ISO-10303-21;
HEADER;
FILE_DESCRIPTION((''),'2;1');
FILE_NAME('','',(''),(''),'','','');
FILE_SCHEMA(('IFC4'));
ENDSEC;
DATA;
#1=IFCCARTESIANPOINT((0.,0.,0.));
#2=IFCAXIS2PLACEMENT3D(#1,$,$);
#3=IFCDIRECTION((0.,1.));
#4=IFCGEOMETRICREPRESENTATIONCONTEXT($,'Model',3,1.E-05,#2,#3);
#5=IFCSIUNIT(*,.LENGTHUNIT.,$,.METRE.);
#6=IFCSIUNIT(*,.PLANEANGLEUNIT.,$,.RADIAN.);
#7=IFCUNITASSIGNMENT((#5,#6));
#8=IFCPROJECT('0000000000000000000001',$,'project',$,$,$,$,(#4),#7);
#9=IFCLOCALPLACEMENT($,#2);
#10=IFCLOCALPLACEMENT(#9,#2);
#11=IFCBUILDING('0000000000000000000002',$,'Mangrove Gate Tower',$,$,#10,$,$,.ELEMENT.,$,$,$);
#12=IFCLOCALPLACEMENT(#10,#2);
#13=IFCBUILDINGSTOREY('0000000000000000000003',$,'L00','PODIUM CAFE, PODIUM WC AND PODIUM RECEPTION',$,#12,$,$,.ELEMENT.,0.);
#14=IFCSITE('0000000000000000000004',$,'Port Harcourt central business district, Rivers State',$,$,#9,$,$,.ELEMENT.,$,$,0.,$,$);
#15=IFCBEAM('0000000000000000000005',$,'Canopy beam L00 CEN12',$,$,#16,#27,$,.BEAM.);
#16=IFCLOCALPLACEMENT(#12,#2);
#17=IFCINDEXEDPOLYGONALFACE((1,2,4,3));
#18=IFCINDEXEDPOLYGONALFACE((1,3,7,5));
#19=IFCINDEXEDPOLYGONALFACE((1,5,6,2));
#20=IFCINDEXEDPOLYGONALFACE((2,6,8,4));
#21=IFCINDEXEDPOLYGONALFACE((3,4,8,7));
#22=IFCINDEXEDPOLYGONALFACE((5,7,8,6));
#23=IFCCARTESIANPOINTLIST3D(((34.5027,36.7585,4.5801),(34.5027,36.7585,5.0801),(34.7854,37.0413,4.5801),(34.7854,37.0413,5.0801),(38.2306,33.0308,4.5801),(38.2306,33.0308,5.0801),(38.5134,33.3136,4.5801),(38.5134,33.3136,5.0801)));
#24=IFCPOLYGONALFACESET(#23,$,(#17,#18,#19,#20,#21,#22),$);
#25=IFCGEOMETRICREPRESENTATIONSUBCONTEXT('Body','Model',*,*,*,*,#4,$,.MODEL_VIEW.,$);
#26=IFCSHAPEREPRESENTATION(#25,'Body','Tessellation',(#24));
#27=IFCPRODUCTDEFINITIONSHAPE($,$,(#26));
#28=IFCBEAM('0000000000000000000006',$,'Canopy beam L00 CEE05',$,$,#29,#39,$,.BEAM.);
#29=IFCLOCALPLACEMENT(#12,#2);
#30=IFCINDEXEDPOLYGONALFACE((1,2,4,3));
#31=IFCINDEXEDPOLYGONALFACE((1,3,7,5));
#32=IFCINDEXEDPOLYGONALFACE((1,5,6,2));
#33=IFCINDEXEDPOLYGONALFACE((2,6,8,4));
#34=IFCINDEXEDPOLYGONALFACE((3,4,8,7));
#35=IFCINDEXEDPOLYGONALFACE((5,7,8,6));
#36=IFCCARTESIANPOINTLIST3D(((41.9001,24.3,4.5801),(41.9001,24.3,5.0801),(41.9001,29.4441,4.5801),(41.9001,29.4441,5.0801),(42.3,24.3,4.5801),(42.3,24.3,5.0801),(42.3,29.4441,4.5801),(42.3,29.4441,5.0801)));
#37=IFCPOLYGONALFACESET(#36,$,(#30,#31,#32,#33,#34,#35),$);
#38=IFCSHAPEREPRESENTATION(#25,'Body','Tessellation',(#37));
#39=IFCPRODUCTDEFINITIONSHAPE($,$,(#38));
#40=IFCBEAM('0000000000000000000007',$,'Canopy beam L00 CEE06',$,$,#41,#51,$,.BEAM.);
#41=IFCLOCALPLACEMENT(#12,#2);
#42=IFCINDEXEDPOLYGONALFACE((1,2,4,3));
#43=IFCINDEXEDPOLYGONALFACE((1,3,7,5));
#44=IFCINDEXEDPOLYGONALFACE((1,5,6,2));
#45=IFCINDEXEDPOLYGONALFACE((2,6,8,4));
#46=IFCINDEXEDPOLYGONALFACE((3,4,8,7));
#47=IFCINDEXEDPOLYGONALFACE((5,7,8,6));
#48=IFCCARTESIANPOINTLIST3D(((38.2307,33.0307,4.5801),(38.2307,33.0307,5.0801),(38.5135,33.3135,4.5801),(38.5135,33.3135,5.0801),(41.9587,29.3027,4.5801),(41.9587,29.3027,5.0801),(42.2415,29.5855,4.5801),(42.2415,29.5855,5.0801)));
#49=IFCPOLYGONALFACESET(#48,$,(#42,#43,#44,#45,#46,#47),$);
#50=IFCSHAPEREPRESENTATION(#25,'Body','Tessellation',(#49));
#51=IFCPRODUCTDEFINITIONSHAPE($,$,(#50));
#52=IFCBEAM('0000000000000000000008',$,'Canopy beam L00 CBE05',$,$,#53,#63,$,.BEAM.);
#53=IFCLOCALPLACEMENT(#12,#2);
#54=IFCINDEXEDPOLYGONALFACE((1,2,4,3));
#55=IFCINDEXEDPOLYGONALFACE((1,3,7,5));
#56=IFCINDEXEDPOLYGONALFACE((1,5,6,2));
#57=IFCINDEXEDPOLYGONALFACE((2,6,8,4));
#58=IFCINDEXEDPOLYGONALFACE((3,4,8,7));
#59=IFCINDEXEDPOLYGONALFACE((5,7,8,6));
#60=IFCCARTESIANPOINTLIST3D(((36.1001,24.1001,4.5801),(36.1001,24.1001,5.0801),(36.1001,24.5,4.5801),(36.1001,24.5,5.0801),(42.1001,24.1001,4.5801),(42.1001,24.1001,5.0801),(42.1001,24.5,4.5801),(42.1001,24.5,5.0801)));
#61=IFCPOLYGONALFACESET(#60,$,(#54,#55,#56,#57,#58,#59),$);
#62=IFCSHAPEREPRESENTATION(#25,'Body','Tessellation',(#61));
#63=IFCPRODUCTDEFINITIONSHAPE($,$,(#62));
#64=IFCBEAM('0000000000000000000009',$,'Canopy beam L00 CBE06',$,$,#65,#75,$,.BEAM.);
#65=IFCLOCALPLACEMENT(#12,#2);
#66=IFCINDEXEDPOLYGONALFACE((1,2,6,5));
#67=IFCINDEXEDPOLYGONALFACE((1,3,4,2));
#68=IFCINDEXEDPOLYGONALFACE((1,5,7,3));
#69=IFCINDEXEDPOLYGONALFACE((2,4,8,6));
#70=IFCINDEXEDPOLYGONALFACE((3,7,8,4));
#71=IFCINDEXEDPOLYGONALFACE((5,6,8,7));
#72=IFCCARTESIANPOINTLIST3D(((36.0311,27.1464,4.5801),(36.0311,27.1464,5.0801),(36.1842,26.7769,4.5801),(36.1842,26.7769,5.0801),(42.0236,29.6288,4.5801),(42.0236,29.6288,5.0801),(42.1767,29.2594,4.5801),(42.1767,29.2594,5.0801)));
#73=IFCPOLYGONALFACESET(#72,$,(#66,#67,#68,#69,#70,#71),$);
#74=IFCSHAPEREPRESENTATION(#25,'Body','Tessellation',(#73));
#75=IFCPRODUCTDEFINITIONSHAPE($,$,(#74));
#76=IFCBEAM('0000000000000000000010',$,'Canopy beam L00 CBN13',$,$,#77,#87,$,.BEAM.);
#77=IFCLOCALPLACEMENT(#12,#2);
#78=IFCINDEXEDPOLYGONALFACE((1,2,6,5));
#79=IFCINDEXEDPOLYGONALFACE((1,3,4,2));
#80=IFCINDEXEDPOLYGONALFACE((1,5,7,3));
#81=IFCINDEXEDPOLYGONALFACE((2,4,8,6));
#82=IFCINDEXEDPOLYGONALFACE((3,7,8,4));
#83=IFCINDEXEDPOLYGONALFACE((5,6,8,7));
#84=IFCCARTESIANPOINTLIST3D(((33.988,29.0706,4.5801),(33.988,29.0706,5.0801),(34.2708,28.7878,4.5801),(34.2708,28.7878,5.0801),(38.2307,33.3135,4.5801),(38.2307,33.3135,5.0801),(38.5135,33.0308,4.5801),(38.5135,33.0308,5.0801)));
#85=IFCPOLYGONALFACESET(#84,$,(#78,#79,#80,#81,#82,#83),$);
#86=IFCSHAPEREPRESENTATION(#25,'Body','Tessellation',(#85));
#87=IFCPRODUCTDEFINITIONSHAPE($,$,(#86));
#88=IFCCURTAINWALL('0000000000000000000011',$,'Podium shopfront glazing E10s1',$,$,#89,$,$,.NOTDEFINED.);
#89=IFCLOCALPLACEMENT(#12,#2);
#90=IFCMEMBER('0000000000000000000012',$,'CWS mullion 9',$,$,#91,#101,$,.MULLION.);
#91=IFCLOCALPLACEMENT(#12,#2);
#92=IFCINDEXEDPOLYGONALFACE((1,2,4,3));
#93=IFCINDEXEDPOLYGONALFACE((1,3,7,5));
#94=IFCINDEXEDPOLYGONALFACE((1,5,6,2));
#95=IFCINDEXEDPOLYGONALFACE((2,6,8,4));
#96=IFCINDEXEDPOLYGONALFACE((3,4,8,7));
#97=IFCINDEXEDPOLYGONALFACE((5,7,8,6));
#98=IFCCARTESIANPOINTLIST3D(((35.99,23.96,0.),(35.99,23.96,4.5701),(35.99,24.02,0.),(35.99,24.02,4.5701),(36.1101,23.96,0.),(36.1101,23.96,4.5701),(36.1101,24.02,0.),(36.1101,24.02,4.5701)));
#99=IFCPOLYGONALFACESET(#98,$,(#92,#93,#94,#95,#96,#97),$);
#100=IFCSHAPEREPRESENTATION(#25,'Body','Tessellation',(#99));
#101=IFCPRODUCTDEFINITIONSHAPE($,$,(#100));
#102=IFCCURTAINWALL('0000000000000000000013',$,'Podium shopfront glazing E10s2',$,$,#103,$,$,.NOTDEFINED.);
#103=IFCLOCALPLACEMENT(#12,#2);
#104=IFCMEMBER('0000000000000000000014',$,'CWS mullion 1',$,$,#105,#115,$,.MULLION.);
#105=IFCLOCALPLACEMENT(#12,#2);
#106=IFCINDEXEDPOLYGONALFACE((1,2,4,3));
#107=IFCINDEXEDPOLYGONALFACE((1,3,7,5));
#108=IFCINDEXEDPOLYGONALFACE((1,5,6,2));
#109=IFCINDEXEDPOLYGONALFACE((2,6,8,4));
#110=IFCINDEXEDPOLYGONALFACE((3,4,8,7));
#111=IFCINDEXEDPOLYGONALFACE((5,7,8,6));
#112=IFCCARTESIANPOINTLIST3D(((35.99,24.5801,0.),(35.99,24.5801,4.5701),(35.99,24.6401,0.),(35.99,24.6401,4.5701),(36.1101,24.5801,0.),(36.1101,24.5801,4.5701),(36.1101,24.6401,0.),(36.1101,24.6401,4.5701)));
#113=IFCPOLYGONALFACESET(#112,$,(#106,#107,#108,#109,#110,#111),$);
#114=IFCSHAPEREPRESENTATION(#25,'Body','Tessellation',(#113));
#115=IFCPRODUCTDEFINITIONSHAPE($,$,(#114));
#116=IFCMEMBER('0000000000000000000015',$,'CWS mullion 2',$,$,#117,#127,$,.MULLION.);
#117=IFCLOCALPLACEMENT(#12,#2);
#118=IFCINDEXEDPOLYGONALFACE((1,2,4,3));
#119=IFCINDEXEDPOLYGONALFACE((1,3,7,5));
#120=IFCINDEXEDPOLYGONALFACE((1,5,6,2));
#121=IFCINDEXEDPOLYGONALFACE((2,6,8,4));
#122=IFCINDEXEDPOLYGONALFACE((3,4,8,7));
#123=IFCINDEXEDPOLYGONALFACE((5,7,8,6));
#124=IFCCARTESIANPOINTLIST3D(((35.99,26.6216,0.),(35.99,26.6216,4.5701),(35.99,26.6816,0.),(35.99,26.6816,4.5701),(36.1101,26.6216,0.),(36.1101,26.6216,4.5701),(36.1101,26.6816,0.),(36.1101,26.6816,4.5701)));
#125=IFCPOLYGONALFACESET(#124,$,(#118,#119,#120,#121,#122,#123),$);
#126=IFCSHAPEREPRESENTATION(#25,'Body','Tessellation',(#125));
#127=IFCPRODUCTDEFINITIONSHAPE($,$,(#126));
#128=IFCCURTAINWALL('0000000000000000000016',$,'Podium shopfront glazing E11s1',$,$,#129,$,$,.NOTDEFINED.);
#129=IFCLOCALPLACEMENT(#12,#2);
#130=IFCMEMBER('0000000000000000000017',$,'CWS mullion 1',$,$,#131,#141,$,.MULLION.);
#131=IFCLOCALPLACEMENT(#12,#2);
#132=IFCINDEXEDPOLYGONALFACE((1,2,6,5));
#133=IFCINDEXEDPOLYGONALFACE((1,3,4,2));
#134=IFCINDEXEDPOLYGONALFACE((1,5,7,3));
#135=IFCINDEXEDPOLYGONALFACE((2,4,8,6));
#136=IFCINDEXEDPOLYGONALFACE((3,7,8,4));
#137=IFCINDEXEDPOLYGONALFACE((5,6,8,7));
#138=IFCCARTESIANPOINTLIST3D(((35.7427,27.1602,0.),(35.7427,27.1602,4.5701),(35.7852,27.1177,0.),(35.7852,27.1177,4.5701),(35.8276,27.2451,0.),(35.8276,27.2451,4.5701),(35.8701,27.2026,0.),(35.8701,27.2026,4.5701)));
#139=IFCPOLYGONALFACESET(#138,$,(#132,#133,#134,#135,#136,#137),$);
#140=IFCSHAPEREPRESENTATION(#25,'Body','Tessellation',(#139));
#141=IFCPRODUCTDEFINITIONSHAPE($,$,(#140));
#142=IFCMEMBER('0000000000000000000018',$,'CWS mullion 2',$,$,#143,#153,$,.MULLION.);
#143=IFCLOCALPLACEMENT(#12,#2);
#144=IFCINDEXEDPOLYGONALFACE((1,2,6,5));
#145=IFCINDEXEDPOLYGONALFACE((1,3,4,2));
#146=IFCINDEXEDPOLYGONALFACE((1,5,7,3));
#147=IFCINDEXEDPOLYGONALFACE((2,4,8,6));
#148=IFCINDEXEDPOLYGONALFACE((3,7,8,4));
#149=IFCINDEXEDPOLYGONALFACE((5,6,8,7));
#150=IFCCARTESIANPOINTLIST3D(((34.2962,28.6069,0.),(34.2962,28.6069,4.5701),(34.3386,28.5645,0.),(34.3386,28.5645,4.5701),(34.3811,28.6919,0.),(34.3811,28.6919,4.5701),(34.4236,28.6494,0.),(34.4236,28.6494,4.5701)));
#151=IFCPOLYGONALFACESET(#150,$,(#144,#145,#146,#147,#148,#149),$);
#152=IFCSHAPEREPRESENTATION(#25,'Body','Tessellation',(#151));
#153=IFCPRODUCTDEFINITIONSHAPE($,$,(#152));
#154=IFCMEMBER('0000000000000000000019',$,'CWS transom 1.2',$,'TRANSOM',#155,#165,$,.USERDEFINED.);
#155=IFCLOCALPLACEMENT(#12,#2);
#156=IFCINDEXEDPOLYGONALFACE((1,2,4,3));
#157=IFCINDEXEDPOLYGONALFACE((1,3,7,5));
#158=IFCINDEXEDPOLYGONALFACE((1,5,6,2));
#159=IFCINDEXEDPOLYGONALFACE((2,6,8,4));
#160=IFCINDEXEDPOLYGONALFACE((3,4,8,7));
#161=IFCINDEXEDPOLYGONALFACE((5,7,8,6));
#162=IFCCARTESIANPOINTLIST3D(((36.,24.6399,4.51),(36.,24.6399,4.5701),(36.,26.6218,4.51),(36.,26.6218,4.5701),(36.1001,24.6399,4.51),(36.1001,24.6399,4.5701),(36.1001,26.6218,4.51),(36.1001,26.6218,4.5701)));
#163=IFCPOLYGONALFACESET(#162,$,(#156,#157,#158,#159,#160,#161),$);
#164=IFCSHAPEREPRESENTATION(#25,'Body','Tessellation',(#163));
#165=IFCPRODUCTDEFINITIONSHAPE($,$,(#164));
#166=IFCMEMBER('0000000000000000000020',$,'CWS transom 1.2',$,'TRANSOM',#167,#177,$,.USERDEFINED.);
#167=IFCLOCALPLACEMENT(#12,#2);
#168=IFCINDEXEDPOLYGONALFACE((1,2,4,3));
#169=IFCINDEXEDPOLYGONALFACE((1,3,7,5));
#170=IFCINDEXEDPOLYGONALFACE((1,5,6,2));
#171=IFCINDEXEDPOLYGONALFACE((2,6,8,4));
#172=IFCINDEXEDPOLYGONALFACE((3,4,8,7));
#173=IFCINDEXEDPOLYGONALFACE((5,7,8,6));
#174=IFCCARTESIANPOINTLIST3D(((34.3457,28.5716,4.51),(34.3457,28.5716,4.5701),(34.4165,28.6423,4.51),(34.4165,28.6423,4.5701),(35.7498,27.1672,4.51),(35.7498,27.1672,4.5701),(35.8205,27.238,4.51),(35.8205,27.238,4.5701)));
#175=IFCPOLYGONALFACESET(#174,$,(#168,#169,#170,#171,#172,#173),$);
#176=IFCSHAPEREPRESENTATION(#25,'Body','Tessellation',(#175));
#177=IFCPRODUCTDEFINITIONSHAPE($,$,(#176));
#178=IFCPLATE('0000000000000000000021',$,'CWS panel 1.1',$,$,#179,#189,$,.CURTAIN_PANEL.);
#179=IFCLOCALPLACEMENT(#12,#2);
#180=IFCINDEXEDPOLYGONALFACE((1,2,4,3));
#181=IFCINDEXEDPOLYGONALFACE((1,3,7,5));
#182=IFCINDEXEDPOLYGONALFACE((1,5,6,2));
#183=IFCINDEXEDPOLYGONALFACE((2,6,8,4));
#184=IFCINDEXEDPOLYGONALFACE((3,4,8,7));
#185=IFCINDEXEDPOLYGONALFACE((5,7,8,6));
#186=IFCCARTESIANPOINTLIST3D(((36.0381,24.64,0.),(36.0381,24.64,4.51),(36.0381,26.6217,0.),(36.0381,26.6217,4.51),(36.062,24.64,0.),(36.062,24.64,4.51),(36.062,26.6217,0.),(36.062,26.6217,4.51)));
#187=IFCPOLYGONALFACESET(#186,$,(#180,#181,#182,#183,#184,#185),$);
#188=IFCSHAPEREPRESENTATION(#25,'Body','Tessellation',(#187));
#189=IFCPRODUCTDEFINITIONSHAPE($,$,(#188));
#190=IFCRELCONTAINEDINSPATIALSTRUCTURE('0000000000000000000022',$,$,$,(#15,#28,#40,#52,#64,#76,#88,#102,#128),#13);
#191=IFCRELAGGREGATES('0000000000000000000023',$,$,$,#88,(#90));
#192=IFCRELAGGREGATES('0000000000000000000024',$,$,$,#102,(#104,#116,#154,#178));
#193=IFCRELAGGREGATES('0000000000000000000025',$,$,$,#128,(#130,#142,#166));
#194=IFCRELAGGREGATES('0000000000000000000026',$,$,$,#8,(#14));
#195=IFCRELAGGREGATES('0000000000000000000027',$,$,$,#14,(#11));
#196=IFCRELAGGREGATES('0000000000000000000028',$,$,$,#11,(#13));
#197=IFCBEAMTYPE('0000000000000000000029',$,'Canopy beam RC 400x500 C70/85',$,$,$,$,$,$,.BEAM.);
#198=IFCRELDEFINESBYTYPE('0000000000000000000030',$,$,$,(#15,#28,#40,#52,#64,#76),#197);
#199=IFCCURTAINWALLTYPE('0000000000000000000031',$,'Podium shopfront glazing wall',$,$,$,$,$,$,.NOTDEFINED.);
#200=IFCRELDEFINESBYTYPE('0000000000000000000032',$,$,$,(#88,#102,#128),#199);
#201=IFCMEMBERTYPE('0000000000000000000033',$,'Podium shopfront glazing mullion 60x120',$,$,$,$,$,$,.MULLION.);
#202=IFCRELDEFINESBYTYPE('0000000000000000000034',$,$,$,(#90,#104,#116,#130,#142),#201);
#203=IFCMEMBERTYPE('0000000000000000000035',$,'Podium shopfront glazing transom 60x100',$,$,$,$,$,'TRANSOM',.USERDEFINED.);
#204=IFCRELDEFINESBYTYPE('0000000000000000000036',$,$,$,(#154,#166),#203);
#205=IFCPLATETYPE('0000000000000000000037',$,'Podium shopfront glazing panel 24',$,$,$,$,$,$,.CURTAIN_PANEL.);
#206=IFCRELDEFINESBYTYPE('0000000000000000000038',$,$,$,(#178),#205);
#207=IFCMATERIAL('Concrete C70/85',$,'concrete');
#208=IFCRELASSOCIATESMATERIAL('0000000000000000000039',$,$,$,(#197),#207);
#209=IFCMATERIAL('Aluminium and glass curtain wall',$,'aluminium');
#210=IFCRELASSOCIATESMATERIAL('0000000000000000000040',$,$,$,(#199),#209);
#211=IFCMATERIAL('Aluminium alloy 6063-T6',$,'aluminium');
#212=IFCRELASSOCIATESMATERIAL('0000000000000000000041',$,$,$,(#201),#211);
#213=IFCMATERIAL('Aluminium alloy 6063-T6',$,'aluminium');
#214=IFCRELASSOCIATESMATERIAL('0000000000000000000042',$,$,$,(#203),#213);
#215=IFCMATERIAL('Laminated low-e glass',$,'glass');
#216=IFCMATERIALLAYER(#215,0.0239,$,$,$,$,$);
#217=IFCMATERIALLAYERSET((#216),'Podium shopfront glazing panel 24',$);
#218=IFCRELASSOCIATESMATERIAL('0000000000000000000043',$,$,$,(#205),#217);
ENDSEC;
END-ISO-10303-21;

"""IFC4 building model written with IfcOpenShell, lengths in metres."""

from ifc_helpers import new_model, si_unit, direction, frame, origin, origin_2d, place, context, subcontext, project, spatial, rectangle, extrude, material, layer, layer_set, material_profile, profile_set, type_object, element, aggregate, save


model = new_model("IFC4")

# Units and contexts
model_context = context("Model", 3, precision=1e-05, world=origin(), true_north=direction((0.0, 1.0)))
body_context = subcontext(model_context, "Body", "Model", "MODEL_VIEW")
ifc_project = project(units=[si_unit("LENGTHUNIT", "METRE"), si_unit("PLANEANGLEUNIT", "RADIAN")], contexts=[model_context])

# Site, building, storey
site_placement = place(None, origin())
site = spatial("IfcSite", under=ifc_project, at=site_placement, Name="Port Harcourt central business district, Rivers State", CompositionType="ELEMENT", RefElevation=0.0)
building_placement = place(site_placement, origin())
building = spatial("IfcBuilding", under=site, at=building_placement, Name="Mangrove Gate Tower", CompositionType="ELEMENT")
storey_placement = place(building_placement, origin())
storey = spatial("IfcBuildingStorey", under=building, at=storey_placement, Name="L00", Description="PODIUM CAFE, PODIUM WC AND PODIUM RECEPTION", CompositionType="ELEMENT", Elevation=0.0)

# Beams
ifc_material_1 = material(Name="Concrete C70/85", Category="concrete")
ifc_material_profile_1 = material_profile(ifc_material_1, rectangle(XDim=0.3999, YDim=0.5, at=origin_2d()))
ifc_profile_set_1 = profile_set([ifc_material_profile_1], Name="Concrete C70/85")
beam_type = type_object("IfcBeamType", Name="Canopy beam RC 400x500 C70/85", PredefinedType="BEAM", material=ifc_profile_set_1)
beam_1_placement = place(storey_placement, frame((34.644, 36.8999, 4.8301), z_axis=(0.70713, -0.707084, 0.0), x_axis=(0.707084, 0.70713, 0.0)))
element("IfcBeam", 1, at=beam_1_placement, inside=storey, type_object=beam_type, Name="Canopy beam L00 CEN12", PredefinedType="BEAM", context=body_context, shape_type="SweptSolid", body=[
    extrude(rectangle(XDim=0.3999, YDim=0.5, at=origin_2d()), origin(), (0.0, 0.0, 1.0), 5.272),
])
beam_2_placement = place(storey_placement, frame((42.1001, 24.3, 4.8301), z_axis=(0.0, 1.0, 0.0), x_axis=(-1.0, 0.0, 0.0)))
element("IfcBeam", 2, at=beam_2_placement, inside=storey, type_object=beam_type, Name="Canopy beam L00 CEE05", PredefinedType="BEAM", context=body_context, shape_type="SweptSolid", body=[
    extrude(rectangle(XDim=0.3999, YDim=0.5, at=origin_2d()), origin(), (0.0, 0.0, 1.0), 5.144),
])
beam_3_placement = place(storey_placement, frame((42.1001, 29.4441, 4.8301), z_axis=(-0.707107, 0.707107, 0.0), x_axis=(-0.707107, -0.707107, 0.0)))
element("IfcBeam", 3, at=beam_3_placement, inside=storey, type_object=beam_type, Name="Canopy beam L00 CEE06", PredefinedType="BEAM", context=body_context, shape_type="SweptSolid", body=[
    extrude(rectangle(XDim=0.3999, YDim=0.5, at=origin_2d()), origin(), (0.0, 0.0, 1.0), 5.2722),
])
beam_4_placement = place(storey_placement, frame((36.1001, 24.3, 4.8301), z_axis=(1.0, 0.0, 0.0), x_axis=(0.0, 1.0, 0.0)))
element("IfcBeam", 4, at=beam_4_placement, inside=storey, type_object=beam_type, Name="Canopy beam L00 CBE05", PredefinedType="BEAM", context=body_context, shape_type="SweptSolid", body=[
    extrude(rectangle(XDim=0.3999, YDim=0.5, at=origin_2d()), origin(), (0.0, 0.0, 1.0), 6.0),
])
beam_5_placement = place(storey_placement, frame((36.1077, 26.9617, 4.8301), z_axis=(0.923865, 0.38272, 0.0), x_axis=(-0.38272, 0.923865, 0.0)))
element("IfcBeam", 5, at=beam_5_placement, inside=storey, type_object=beam_type, Name="Canopy beam L00 CBE06", PredefinedType="BEAM", context=body_context, shape_type="SweptSolid", body=[
    extrude(rectangle(XDim=0.3999, YDim=0.5, at=origin_2d()), origin(), (0.0, 0.0, 1.0), 6.4863),
])
beam_6_placement = place(storey_placement, frame((34.1294, 28.9292, 4.8301), z_axis=(0.707086, 0.707127, 0.0), x_axis=(-0.707127, 0.707086, 0.0)))
element("IfcBeam", 6, at=beam_6_placement, inside=storey, type_object=beam_type, Name="Canopy beam L00 CBN13", PredefinedType="BEAM", context=body_context, shape_type="SweptSolid", body=[
    extrude(rectangle(XDim=0.3999, YDim=0.5, at=origin_2d()), origin(), (0.0, 0.0, 1.0), 6.0002),
])

# Curtain wall, member
ifc_material_2 = material(Name="Aluminium and glass curtain wall", Category="aluminium")
curtain_wall_type = type_object("IfcCurtainWallType", Name="Podium shopfront glazing wall", PredefinedType="NOTDEFINED", material=ifc_material_2)
curtain_wall_1_placement = place(storey_placement, origin())
curtain_wall_1 = element("IfcCurtainWall", 7, at=curtain_wall_1_placement, inside=storey, type_object=curtain_wall_type, Name="Podium shopfront glazing E10s1", PredefinedType="NOTDEFINED")
ifc_material_3 = material(Name="Aluminium alloy 6063-T6", Category="aluminium")
ifc_material_profile_2 = material_profile(ifc_material_3, rectangle(XDim=0.0601, YDim=0.1201, at=origin_2d()))
ifc_profile_set_2 = profile_set([ifc_material_profile_2], Name="Aluminium alloy 6063-T6")
member_type_1 = type_object("IfcMemberType", Name="Podium shopfront glazing mullion 60x120", PredefinedType="MULLION", material=ifc_profile_set_2)
member_1_placement = place(storey_placement, frame((36.05, 23.99, 0.0), z_axis=(0.0, 0.0, 1.0), x_axis=(0.0, 1.0, 0.0)))
member_1 = element("IfcMember", 8, at=member_1_placement, type_object=member_type_1, Name="CWS mullion 9", PredefinedType="MULLION", context=body_context, shape_type="SweptSolid", body=[
    extrude(rectangle(XDim=0.0601, YDim=0.1201, at=origin_2d()), origin(), (0.0, 0.0, 1.0), 4.5701),
])
aggregate(curtain_wall_1, [member_1])

# Curtain walls, members
curtain_wall_2_placement = place(storey_placement, origin())
curtain_wall_2 = element("IfcCurtainWall", 9, at=curtain_wall_2_placement, inside=storey, type_object=curtain_wall_type, Name="Podium shopfront glazing E10s2", PredefinedType="NOTDEFINED")
member_2_placement = place(storey_placement, frame((36.05, 24.6101, 0.0), z_axis=(0.0, 0.0, 1.0), x_axis=(0.0, 1.0, 0.0)))
member_2 = element("IfcMember", 10, at=member_2_placement, type_object=member_type_1, Name="CWS mullion 1", PredefinedType="MULLION", context=body_context, shape_type="SweptSolid", body=[
    extrude(rectangle(XDim=0.0601, YDim=0.1201, at=origin_2d()), origin(), (0.0, 0.0, 1.0), 4.5701),
])
member_3_placement = place(storey_placement, frame((36.05, 26.6516, 0.0), z_axis=(0.0, 0.0, 1.0), x_axis=(0.0, 1.0, 0.0)))
member_3 = element("IfcMember", 11, at=member_3_placement, type_object=member_type_1, Name="CWS mullion 2", PredefinedType="MULLION", context=body_context, shape_type="SweptSolid", body=[
    extrude(rectangle(XDim=0.0601, YDim=0.1201, at=origin_2d()), origin(), (0.0, 0.0, 1.0), 4.5701),
])
curtain_wall_3_placement = place(storey_placement, origin())
curtain_wall_3 = element("IfcCurtainWall", 12, at=curtain_wall_3_placement, inside=storey, type_object=curtain_wall_type, Name="Podium shopfront glazing E11s1", PredefinedType="NOTDEFINED")
member_4_placement = place(storey_placement, frame((35.8064, 27.1814, 0.0), z_axis=(0.0, 0.0, 1.0), x_axis=(-0.707107, 0.707107, 0.0)))
member_4 = element("IfcMember", 13, at=member_4_placement, type_object=member_type_1, Name="CWS mullion 1", PredefinedType="MULLION", context=body_context, shape_type="SweptSolid", body=[
    extrude(rectangle(XDim=0.0601, YDim=0.1201, at=origin_2d()), origin(), (0.0, 0.0, 1.0), 4.5701),
])
member_5_placement = place(storey_placement, frame((34.3599, 28.6282, 0.0), z_axis=(0.0, 0.0, 1.0), x_axis=(-0.707107, 0.707107, 0.0)))
member_5 = element("IfcMember", 14, at=member_5_placement, type_object=member_type_1, Name="CWS mullion 2", PredefinedType="MULLION", context=body_context, shape_type="SweptSolid", body=[
    extrude(rectangle(XDim=0.0601, YDim=0.1201, at=origin_2d()), origin(), (0.0, 0.0, 1.0), 4.5701),
])

# Members
ifc_material_4 = material(Name="Aluminium alloy 6063-T6", Category="aluminium")
ifc_material_profile_3 = material_profile(ifc_material_4, rectangle(XDim=0.0601, YDim=0.1001, at=origin_2d()))
ifc_profile_set_3 = profile_set([ifc_material_profile_3], Name="Aluminium alloy 6063-T6")
member_type_2 = type_object("IfcMemberType", Name="Podium shopfront glazing transom 60x100", ElementType="TRANSOM", PredefinedType="USERDEFINED", material=ifc_profile_set_3)
member_6_placement = place(storey_placement, frame((36.05, 24.6399, 4.54), z_axis=(0.0, 1.0, 0.0), x_axis=(0.0, 0.0, 1.0)))
member_6 = element("IfcMember", 15, at=member_6_placement, type_object=member_type_2, Name="CWS transom 1.2", ObjectType="TRANSOM", PredefinedType="USERDEFINED", context=body_context, shape_type="SweptSolid", body=[
    extrude(rectangle(XDim=0.0601, YDim=0.1001, at=origin_2d()), origin(), (0.0, 0.0, 1.0), 1.9819),
])
member_7_placement = place(storey_placement, frame((35.7852, 27.2026, 4.54), z_axis=(-0.707045, 0.707168, 0.0), x_axis=(0.0, 0.0, 1.0)))
member_7 = element("IfcMember", 16, at=member_7_placement, type_object=member_type_2, Name="CWS transom 1.2", ObjectType="TRANSOM", PredefinedType="USERDEFINED", context=body_context, shape_type="SweptSolid", body=[
    extrude(rectangle(XDim=0.0601, YDim=0.1001, at=origin_2d()), origin(), (0.0, 0.0, 1.0), 1.9858),
])

# Plate
ifc_material_5 = material(Name="Laminated low-e glass", Category="glass")
ifc_layer_1 = layer(ifc_material_5, 0.0239)
ifc_layer_set_1 = layer_set([ifc_layer_1], Name="Podium shopfront glazing panel 24")
plate_type = type_object("IfcPlateType", Name="Podium shopfront glazing panel 24", PredefinedType="CURTAIN_PANEL", material=ifc_layer_set_1)
plate_1_placement = place(storey_placement, frame((36.05, 25.6309, 0.0), z_axis=(0.0, 0.0, 1.0), x_axis=(0.0, 1.0, 0.0)))
plate_1 = element("IfcPlate", 17, at=plate_1_placement, type_object=plate_type, Name="CWS panel 1.1", PredefinedType="CURTAIN_PANEL", context=body_context, shape_type="SweptSolid", body=[
    extrude(rectangle(XDim=1.9817, YDim=0.0239, at=origin_2d()), origin(), (0.0, 0.0, 1.0), 4.51),
])
aggregate(curtain_wall_2, [member_2, member_3, member_6, plate_1])
aggregate(curtain_wall_3, [member_4, member_5, member_7])

save(model, "model.ifc")
